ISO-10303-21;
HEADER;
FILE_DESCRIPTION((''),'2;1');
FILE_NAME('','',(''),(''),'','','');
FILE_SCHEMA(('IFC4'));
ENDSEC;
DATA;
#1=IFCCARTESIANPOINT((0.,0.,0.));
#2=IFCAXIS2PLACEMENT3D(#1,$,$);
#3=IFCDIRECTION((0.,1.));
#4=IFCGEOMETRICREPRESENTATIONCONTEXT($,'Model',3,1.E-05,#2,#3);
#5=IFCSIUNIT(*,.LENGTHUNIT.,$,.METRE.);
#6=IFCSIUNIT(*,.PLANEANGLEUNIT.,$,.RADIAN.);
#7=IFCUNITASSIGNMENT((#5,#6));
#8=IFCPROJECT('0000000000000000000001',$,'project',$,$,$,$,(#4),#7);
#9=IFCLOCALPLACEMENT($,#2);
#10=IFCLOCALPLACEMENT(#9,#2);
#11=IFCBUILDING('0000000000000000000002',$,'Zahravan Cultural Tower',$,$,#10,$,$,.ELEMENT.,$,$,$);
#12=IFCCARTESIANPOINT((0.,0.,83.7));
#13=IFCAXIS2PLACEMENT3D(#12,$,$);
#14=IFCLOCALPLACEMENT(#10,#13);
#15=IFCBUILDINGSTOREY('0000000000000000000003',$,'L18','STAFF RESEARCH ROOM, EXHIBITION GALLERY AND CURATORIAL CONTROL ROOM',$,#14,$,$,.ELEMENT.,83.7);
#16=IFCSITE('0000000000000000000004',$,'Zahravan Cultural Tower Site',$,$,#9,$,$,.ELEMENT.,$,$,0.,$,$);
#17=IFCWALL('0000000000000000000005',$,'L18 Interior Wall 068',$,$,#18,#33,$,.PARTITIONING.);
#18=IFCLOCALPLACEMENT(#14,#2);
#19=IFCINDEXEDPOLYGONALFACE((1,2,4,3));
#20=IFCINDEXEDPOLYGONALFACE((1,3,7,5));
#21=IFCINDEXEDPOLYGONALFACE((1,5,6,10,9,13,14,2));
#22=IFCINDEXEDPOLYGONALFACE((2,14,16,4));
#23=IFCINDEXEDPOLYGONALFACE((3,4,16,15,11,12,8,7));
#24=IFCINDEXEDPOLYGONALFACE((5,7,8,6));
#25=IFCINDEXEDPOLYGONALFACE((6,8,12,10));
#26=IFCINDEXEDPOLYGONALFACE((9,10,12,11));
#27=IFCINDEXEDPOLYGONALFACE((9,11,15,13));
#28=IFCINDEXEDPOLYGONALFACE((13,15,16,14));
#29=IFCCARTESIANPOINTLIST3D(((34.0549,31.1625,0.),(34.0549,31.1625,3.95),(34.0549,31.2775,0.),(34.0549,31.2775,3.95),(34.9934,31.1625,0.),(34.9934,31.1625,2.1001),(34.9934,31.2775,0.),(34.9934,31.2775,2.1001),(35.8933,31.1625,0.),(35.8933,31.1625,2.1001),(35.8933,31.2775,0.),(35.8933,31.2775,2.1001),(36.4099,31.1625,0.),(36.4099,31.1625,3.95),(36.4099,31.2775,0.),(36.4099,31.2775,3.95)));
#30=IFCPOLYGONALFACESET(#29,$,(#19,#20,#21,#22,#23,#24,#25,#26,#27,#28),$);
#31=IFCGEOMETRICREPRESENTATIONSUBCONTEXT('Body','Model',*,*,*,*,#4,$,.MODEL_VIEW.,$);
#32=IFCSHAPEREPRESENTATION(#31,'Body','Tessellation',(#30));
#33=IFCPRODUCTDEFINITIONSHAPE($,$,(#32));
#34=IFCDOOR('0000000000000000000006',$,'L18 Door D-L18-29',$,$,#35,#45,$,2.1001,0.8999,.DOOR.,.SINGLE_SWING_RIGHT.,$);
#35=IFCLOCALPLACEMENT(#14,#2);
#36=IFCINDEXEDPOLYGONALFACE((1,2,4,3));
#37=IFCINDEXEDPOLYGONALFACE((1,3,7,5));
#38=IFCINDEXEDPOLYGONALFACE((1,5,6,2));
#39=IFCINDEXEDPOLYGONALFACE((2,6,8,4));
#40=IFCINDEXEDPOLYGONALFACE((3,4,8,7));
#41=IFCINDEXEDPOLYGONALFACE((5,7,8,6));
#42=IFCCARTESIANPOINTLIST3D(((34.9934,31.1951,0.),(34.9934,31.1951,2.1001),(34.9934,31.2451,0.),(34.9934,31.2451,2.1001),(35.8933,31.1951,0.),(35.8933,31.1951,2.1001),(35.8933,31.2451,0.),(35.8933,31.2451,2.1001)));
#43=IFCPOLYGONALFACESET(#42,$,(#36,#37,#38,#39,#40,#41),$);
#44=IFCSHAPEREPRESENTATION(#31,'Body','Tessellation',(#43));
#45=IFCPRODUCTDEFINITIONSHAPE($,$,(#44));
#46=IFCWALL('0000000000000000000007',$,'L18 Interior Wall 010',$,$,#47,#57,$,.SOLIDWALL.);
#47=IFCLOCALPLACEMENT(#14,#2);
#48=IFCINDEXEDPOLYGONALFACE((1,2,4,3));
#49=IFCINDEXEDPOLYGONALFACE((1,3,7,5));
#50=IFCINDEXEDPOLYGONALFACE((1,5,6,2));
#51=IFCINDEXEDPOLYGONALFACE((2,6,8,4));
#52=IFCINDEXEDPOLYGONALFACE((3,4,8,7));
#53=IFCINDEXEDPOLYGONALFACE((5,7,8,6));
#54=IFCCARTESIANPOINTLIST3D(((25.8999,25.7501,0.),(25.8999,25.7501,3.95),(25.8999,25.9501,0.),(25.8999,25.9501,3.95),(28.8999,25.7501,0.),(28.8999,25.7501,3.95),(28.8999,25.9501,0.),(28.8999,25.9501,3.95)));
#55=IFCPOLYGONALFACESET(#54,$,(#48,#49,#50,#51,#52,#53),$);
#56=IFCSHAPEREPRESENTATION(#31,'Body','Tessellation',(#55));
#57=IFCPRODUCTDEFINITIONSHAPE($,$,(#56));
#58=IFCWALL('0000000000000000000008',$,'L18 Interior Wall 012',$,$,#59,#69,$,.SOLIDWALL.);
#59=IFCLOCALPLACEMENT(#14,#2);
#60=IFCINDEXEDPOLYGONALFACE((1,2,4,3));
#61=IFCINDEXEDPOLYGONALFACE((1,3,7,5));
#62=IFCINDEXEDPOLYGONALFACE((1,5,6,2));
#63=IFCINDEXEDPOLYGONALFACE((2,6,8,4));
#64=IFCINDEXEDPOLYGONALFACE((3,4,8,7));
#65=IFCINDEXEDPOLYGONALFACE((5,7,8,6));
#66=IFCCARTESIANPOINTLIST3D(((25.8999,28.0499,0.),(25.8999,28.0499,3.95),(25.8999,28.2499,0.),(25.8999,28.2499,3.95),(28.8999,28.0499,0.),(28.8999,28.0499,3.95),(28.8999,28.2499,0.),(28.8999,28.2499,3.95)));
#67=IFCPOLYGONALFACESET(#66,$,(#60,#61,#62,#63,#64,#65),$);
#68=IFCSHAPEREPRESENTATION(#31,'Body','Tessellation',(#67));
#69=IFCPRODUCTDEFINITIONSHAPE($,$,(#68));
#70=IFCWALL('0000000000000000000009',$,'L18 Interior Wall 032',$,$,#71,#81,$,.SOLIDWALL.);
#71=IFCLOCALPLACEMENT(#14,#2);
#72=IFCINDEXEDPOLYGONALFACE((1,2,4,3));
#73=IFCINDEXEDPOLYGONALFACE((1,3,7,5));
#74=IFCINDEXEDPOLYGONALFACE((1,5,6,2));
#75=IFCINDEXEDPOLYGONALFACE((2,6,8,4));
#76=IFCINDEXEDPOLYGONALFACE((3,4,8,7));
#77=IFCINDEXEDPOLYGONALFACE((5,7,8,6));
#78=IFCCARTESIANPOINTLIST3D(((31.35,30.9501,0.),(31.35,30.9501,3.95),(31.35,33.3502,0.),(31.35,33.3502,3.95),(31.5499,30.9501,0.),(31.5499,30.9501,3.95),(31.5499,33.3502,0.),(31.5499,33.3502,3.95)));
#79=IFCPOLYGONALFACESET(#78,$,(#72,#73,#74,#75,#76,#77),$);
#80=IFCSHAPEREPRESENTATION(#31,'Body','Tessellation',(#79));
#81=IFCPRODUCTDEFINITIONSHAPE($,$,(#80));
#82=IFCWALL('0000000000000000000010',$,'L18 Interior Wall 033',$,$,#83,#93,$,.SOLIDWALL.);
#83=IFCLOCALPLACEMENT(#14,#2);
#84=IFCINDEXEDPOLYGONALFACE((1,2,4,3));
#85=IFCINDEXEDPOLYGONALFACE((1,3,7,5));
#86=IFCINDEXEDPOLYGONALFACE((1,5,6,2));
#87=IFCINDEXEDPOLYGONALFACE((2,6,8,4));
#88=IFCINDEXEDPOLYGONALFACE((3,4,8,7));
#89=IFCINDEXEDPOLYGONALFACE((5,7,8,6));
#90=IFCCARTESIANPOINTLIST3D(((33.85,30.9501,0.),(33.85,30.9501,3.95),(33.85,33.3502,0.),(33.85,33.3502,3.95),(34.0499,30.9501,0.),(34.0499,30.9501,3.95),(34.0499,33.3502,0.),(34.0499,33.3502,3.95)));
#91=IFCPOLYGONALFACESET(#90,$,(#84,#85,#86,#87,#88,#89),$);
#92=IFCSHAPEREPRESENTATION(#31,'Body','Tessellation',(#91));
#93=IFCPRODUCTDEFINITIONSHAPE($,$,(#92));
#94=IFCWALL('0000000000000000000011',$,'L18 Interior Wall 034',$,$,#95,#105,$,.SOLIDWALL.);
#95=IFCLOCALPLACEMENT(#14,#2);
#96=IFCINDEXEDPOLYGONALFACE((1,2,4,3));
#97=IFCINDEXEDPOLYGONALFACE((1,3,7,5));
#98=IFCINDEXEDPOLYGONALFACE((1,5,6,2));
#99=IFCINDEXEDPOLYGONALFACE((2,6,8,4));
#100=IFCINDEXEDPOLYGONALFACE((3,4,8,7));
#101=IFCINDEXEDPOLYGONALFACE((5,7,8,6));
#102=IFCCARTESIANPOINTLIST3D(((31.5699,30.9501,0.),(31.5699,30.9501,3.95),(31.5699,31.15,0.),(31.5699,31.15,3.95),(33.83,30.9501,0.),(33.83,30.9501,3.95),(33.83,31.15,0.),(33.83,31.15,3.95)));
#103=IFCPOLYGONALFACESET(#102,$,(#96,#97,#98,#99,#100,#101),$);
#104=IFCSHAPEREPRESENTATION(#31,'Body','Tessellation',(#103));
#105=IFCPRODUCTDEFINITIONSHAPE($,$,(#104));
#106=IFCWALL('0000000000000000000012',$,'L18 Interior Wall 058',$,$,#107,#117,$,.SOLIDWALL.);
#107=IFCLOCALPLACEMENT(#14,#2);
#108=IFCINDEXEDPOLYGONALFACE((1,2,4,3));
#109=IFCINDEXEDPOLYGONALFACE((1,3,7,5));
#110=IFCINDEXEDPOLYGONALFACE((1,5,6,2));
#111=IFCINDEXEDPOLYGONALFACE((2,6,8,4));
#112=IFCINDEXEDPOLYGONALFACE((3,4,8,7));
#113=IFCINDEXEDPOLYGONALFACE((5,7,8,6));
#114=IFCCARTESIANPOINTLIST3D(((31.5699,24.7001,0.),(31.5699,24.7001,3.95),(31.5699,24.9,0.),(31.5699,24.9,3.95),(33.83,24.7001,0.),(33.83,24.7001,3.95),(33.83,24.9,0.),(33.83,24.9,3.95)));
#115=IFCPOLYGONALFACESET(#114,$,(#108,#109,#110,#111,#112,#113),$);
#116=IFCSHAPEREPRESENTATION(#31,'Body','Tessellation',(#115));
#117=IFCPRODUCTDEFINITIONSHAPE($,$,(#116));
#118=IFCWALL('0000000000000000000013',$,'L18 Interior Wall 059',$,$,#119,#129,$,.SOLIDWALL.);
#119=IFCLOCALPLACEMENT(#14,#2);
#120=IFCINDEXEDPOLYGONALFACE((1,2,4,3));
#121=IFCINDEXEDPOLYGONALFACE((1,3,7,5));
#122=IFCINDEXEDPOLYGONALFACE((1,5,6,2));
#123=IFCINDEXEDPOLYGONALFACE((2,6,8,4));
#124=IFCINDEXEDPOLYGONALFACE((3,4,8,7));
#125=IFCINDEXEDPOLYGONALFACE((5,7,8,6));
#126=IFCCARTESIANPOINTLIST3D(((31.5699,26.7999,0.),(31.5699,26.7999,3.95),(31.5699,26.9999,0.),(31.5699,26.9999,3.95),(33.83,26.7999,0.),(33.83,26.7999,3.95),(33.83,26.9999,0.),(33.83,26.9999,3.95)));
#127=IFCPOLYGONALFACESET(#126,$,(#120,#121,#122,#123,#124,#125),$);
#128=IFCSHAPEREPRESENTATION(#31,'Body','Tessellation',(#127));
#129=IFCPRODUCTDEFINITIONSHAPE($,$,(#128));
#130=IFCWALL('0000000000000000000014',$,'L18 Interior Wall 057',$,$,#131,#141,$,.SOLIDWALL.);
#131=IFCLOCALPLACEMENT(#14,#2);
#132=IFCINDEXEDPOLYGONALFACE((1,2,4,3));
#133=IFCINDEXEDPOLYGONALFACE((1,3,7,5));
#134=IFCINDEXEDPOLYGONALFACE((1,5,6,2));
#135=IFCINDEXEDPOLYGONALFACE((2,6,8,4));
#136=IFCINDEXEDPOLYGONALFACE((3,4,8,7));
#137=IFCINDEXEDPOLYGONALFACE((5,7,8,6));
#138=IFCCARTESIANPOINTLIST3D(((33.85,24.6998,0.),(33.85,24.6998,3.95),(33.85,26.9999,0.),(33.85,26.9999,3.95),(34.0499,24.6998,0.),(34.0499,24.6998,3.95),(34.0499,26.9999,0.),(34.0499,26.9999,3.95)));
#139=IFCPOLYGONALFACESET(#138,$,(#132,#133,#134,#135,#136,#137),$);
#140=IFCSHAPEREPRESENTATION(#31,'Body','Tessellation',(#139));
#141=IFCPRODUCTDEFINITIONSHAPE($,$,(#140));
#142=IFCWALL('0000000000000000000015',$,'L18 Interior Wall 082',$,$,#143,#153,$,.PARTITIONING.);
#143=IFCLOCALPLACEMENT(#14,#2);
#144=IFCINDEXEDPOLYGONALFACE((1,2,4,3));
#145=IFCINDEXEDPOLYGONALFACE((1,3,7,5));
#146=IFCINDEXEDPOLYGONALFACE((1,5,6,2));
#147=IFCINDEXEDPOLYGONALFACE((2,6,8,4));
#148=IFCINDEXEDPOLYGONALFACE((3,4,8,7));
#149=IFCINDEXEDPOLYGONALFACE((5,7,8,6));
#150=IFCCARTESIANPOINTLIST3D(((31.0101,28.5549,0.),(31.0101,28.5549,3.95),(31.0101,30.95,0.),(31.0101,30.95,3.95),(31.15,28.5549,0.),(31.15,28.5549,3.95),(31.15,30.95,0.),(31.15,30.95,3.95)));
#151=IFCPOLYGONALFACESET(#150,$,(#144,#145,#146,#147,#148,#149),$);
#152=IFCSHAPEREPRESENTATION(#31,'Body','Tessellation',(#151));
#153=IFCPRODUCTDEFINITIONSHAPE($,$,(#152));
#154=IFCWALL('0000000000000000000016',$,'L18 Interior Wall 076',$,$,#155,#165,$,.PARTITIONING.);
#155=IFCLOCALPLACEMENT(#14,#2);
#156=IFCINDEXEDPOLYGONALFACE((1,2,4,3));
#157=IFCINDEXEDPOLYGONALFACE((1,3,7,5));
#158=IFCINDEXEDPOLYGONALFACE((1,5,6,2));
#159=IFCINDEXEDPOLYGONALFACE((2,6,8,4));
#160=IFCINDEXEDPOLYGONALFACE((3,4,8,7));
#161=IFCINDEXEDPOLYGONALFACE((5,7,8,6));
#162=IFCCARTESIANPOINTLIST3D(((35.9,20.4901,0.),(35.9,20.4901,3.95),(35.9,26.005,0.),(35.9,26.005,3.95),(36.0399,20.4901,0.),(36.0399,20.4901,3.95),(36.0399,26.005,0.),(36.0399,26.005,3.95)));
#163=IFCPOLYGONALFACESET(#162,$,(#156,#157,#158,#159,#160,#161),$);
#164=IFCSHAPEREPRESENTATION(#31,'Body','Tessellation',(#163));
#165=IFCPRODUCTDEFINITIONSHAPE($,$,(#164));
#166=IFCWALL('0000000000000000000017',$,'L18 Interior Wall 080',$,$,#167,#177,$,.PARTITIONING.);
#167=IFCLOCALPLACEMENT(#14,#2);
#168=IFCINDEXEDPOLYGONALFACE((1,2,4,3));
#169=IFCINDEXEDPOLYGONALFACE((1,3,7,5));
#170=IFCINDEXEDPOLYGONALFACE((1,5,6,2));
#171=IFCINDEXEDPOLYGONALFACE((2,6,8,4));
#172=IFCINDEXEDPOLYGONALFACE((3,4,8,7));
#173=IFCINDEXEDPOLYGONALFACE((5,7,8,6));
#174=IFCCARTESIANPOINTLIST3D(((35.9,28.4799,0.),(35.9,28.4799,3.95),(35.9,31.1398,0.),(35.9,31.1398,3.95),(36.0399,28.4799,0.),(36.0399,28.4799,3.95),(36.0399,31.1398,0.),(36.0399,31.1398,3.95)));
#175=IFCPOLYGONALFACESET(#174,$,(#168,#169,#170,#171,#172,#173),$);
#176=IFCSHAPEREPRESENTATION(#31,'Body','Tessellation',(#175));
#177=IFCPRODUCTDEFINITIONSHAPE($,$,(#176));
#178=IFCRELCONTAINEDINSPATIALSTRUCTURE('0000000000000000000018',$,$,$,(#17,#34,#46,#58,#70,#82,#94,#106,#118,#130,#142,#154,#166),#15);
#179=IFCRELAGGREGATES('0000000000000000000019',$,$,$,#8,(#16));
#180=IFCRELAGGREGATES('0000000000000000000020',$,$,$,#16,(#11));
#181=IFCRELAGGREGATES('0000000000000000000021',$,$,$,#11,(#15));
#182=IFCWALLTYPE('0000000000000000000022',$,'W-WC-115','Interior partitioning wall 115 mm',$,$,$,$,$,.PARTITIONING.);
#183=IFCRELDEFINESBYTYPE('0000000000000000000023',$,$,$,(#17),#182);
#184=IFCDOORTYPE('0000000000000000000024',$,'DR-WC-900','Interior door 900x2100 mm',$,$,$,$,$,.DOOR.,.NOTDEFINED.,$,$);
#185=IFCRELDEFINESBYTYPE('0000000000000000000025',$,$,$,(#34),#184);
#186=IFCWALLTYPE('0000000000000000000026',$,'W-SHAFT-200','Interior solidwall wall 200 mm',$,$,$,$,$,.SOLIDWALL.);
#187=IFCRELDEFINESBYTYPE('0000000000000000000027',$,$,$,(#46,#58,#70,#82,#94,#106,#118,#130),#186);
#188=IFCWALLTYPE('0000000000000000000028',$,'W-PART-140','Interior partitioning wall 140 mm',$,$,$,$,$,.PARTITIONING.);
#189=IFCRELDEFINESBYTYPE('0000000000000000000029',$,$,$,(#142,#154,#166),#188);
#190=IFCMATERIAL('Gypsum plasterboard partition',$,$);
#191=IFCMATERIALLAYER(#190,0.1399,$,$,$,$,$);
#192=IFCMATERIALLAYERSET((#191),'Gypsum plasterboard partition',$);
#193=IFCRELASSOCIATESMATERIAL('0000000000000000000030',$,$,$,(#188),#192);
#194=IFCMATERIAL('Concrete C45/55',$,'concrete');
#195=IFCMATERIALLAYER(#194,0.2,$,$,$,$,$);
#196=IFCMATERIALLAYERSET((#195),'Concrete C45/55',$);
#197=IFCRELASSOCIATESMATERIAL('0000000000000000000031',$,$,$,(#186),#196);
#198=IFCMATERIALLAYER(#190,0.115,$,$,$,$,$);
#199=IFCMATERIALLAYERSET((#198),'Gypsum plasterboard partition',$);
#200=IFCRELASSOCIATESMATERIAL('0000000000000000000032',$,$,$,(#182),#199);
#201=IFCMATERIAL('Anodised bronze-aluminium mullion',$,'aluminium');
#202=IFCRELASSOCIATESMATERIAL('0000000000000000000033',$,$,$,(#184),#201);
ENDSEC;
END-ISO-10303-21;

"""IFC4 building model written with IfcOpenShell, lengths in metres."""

from ifc_helpers import new_model, si_unit, direction, frame, frame_2d, origin, place, context, subcontext, project, spatial, rectangle, extrude, source, transform, mapped, material, layer, layer_set, type_object, element, fill, save


model = new_model("IFC4")

# Units and contexts
model_context = context("Model", 3, precision=1e-05, world=origin(), true_north=direction((0.0, 1.0)))
body_context = subcontext(model_context, "Body", "Model", "MODEL_VIEW")
ifc_project = project(units=[si_unit("LENGTHUNIT", "METRE"), si_unit("PLANEANGLEUNIT", "RADIAN")], contexts=[model_context])

# Site, building, storey
site_placement = place(None, origin())
site = spatial("IfcSite", under=ifc_project, at=site_placement, Name="Zahravan Cultural Tower Site", CompositionType="ELEMENT", RefElevation=0.0)
building_placement = place(site_placement, origin())
building = spatial("IfcBuilding", under=site, at=building_placement, Name="Zahravan Cultural Tower", CompositionType="ELEMENT")
storey_placement = place(building_placement, frame((0.0, 0.0, 83.7)))
storey = spatial("IfcBuildingStorey", under=building, at=storey_placement, Name="L18", Description="STAFF RESEARCH ROOM, EXHIBITION GALLERY AND CURATORIAL CONTROL ROOM", CompositionType="ELEMENT", Elevation=83.7)

# Wall, opening, door
ifc_material_1 = material(Name="Gypsum plasterboard partition")
ifc_layer_1 = layer(ifc_material_1, 0.1399)
ifc_layer_set_1 = layer_set([ifc_layer_1], Name="Gypsum plasterboard partition")
wall_type_1 = type_object("IfcWallType", Name="W-PART-140", Description="Interior partitioning wall 140 mm", PredefinedType="PARTITIONING", material=ifc_layer_set_1)
ifc_material_2 = material(Name="Anodised bronze-aluminium mullion", Category="aluminium")
ifc_material_3 = material(Name="Concrete C45/55", Category="concrete")
ifc_layer_2 = layer(ifc_material_3, 0.2)
ifc_layer_set_2 = layer_set([ifc_layer_2], Name="Concrete C45/55")
wall_type_2 = type_object("IfcWallType", Name="W-SHAFT-200", Description="Interior solidwall wall 200 mm", PredefinedType="SOLIDWALL", material=ifc_layer_set_2)
ifc_layer_3 = layer(ifc_material_1, 0.115)
ifc_layer_set_3 = layer_set([ifc_layer_3], Name="Gypsum plasterboard partition")
wall_type_3 = type_object("IfcWallType", Name="W-WC-115", Description="Interior partitioning wall 115 mm", PredefinedType="PARTITIONING", material=ifc_layer_set_3)
wall_1_placement = place(storey_placement, frame((36.4099, 31.22, 0.0), z_axis=(0.0, 0.0, 1.0), x_axis=(-1.0, 0.0, 0.0)))
wall_1 = element("IfcWall", 1, at=wall_1_placement, inside=storey, type_object=wall_type_3, Name="L18 Interior Wall 068", PredefinedType="PARTITIONING", context=body_context, shape_type="SweptSolid", body=[
    extrude(rectangle(XDim=2.355, YDim=0.115, at=frame_2d((1.1775, 0.0))), origin(), (0.0, 0.0, 1.0), 3.95),
])
opening_1_placement = place(wall_1_placement, frame((0.5166, 0.0, 0.0)))
opening_1 = element("IfcOpeningElement", 2, at=opening_1_placement, cuts=wall_1, PredefinedType="OPENING", context=body_context, shape_type="SweptSolid", body=[
    extrude(rectangle(XDim=0.8999, YDim=2.1001, at=frame_2d((0.45, 1.05))), frame((0.0, 0.0674, 0.0), z_axis=(0.0, -1.0, 0.0), x_axis=(1.0, 0.0, 0.0)), (0.0, 0.0, 1.0), 0.135),
])
door_type_1 = type_object("IfcDoorType", Name="DR-WC-900", Description="Interior door 900x2100 mm", OperationType="NOTDEFINED", PredefinedType="DOOR", material=ifc_material_2)
shared_shape_1 = source(origin(), body_context, "Body", "SweptSolid", [
    extrude(rectangle(XDim=0.8999, YDim=2.1001, at=frame_2d((0.45, 1.05))), frame((0.0, 0.0249, 0.0), z_axis=(0.0, -1.0, 0.0), x_axis=(1.0, 0.0, 0.0)), (0.0, 0.0, 1.0), 0.05),
])
door_1_placement = place(opening_1_placement, origin())
door_1 = element("IfcDoor", 3, at=door_1_placement, inside=storey, type_object=door_type_1, Name="L18 Door D-L18-29", OperationType="SINGLE_SWING_RIGHT", OverallHeight=2.1001, OverallWidth=0.8999, PredefinedType="DOOR", context=body_context, shape_type="MappedRepresentation", body=[
    mapped(shared_shape_1, transform((0.0, 0.0, 0.0), x_axis=(1.0, 0.0, 0.0), y_axis=(0.0, 1.0, 0.0), z_axis=(0.0, 0.0, 1.0), scale=1.0)),
])
fill(opening_1, door_1)

# Walls
shared_shape_2 = source(origin(), body_context, "Body", "SweptSolid", [
    extrude(rectangle(XDim=3.0, YDim=0.2, at=frame_2d((1.5, 0.0))), origin(), (0.0, 0.0, 1.0), 3.95),
])
for number, where, z_axis, x_axis, name in (
    (4, (25.8999, 25.8501, 0.0), (0.0, 0.0, 1.0), (1.0, 0.0, 0.0), "L18 Interior Wall 010"),
    (5, (25.8999, 28.1499, 0.0), (0.0, 0.0, 1.0), (1.0, 0.0, 0.0), "L18 Interior Wall 012"),
):
    element("IfcWall", number, at=place(storey_placement, frame(where, z_axis=z_axis, x_axis=x_axis)), inside=storey, type_object=wall_type_2, Name=name, PredefinedType="SOLIDWALL", context=body_context, shape_type="MappedRepresentation", body=[
        mapped(shared_shape_2, transform((0.0, 0.0, 0.0), x_axis=(1.0, 0.0, 0.0), y_axis=(0.0, 1.0, 0.0), z_axis=(0.0, 0.0, 1.0), scale=1.0)),
    ])
shared_shape_3 = source(origin(), body_context, "Body", "SweptSolid", [
    extrude(rectangle(XDim=2.4001, YDim=0.2, at=frame_2d((1.2002, 0.0))), origin(), (0.0, 0.0, 1.0), 3.95),
])
for number, where, z_axis, x_axis, name in (
    (6, (31.45, 30.95, 0.0), (0.0, 0.0, 1.0), (0.0, 1.0, 0.0), "L18 Interior Wall 032"),
    (7, (33.95, 30.95, 0.0), (0.0, 0.0, 1.0), (0.0, 1.0, 0.0), "L18 Interior Wall 033"),
):
    element("IfcWall", number, at=place(storey_placement, frame(where, z_axis=z_axis, x_axis=x_axis)), inside=storey, type_object=wall_type_2, Name=name, PredefinedType="SOLIDWALL", context=body_context, shape_type="MappedRepresentation", body=[
        mapped(shared_shape_3, transform((0.0, 0.0, 0.0), x_axis=(1.0, 0.0, 0.0), y_axis=(0.0, 1.0, 0.0), z_axis=(0.0, 0.0, 1.0), scale=1.0)),
    ])
shared_shape_4 = source(origin(), body_context, "Body", "SweptSolid", [
    extrude(rectangle(XDim=2.26, YDim=0.2, at=frame_2d((1.1299, 0.0))), origin(), (0.0, 0.0, 1.0), 3.95),
])
for number, where, z_axis, x_axis, name in (
    (8, (31.5701, 31.05, 0.0), (0.0, 0.0, 1.0), (1.0, 0.0, 0.0), "L18 Interior Wall 034"),
    (9, (31.5701, 24.8, 0.0), (0.0, 0.0, 1.0), (1.0, 0.0, 0.0), "L18 Interior Wall 058"),
    (10, (31.5701, 26.8999, 0.0), (0.0, 0.0, 1.0), (1.0, 0.0, 0.0), "L18 Interior Wall 059"),
):
    element("IfcWall", number, at=place(storey_placement, frame(where, z_axis=z_axis, x_axis=x_axis)), inside=storey, type_object=wall_type_2, Name=name, PredefinedType="SOLIDWALL", context=body_context, shape_type="MappedRepresentation", body=[
        mapped(shared_shape_4, transform((0.0, 0.0, 0.0), x_axis=(1.0, 0.0, 0.0), y_axis=(0.0, 1.0, 0.0), z_axis=(0.0, 0.0, 1.0), scale=1.0)),
    ])
shared_shape_5 = source(origin(), body_context, "Body", "SweptSolid", [
    extrude(rectangle(XDim=2.3, YDim=0.2, at=frame_2d((1.1499, 0.0))), origin(), (0.0, 0.0, 1.0), 3.95),
])
wall_2_placement = place(storey_placement, frame((33.95, 24.7, 0.0), z_axis=(0.0, 0.0, 1.0), x_axis=(0.0, 1.0, 0.0)))
element("IfcWall", 11, at=wall_2_placement, inside=storey, type_object=wall_type_2, Name="L18 Interior Wall 057", PredefinedType="SOLIDWALL", context=body_context, shape_type="MappedRepresentation", body=[
    mapped(shared_shape_5, transform((0.0, 0.0, 0.0), x_axis=(1.0, 0.0, 0.0), y_axis=(0.0, 1.0, 0.0), z_axis=(0.0, 0.0, 1.0), scale=1.0)),
])
shared_shape_6 = source(origin(), body_context, "Body", "SweptSolid", [
    extrude(rectangle(XDim=2.395, YDim=0.1399, at=frame_2d((1.1975, 0.0))), origin(), (0.0, 0.0, 1.0), 3.95),
])
wall_3_placement = place(storey_placement, frame((31.0801, 28.5549, 0.0), z_axis=(0.0, 0.0, 1.0), x_axis=(0.0, 1.0, 0.0)))
element("IfcWall", 12, at=wall_3_placement, inside=storey, type_object=wall_type_1, Name="L18 Interior Wall 082", PredefinedType="PARTITIONING", context=body_context, shape_type="MappedRepresentation", body=[
    mapped(shared_shape_6, transform((0.0, 0.0, 0.0), x_axis=(1.0, 0.0, 0.0), y_axis=(0.0, 1.0, 0.0), z_axis=(0.0, 0.0, 1.0), scale=1.0)),
])
shared_shape_7 = source(origin(), body_context, "Body", "SweptSolid", [
    extrude(rectangle(XDim=5.5149, YDim=0.1399, at=frame_2d((2.7573, 0.0))), origin(), (0.0, 0.0, 1.0), 3.95),
])
wall_4_placement = place(storey_placement, frame((35.97, 26.0049, 0.0), z_axis=(0.0, 0.0, 1.0), x_axis=(0.0, -1.0, 0.0)))
element("IfcWall", 13, at=wall_4_placement, inside=storey, type_object=wall_type_1, Name="L18 Interior Wall 076", PredefinedType="PARTITIONING", context=body_context, shape_type="MappedRepresentation", body=[
    mapped(shared_shape_7, transform((0.0, 0.0, 0.0), x_axis=(1.0, 0.0, 0.0), y_axis=(0.0, 1.0, 0.0), z_axis=(0.0, 0.0, 1.0), scale=1.0)),
])
shared_shape_8 = source(origin(), body_context, "Body", "SweptSolid", [
    extrude(rectangle(XDim=2.6599, YDim=0.1399, at=frame_2d((1.3301, 0.0))), origin(), (0.0, 0.0, 1.0), 3.95),
])
wall_5_placement = place(storey_placement, frame((35.97, 31.1399, 0.0), z_axis=(0.0, 0.0, 1.0), x_axis=(0.0, -1.0, 0.0)))
element("IfcWall", 14, at=wall_5_placement, inside=storey, type_object=wall_type_1, Name="L18 Interior Wall 080", PredefinedType="PARTITIONING", context=body_context, shape_type="MappedRepresentation", body=[
    mapped(shared_shape_8, transform((0.0, 0.0, 0.0), x_axis=(1.0, 0.0, 0.0), y_axis=(0.0, 1.0, 0.0), z_axis=(0.0, 0.0, 1.0), scale=1.0)),
])

save(model, "model.ifc")
